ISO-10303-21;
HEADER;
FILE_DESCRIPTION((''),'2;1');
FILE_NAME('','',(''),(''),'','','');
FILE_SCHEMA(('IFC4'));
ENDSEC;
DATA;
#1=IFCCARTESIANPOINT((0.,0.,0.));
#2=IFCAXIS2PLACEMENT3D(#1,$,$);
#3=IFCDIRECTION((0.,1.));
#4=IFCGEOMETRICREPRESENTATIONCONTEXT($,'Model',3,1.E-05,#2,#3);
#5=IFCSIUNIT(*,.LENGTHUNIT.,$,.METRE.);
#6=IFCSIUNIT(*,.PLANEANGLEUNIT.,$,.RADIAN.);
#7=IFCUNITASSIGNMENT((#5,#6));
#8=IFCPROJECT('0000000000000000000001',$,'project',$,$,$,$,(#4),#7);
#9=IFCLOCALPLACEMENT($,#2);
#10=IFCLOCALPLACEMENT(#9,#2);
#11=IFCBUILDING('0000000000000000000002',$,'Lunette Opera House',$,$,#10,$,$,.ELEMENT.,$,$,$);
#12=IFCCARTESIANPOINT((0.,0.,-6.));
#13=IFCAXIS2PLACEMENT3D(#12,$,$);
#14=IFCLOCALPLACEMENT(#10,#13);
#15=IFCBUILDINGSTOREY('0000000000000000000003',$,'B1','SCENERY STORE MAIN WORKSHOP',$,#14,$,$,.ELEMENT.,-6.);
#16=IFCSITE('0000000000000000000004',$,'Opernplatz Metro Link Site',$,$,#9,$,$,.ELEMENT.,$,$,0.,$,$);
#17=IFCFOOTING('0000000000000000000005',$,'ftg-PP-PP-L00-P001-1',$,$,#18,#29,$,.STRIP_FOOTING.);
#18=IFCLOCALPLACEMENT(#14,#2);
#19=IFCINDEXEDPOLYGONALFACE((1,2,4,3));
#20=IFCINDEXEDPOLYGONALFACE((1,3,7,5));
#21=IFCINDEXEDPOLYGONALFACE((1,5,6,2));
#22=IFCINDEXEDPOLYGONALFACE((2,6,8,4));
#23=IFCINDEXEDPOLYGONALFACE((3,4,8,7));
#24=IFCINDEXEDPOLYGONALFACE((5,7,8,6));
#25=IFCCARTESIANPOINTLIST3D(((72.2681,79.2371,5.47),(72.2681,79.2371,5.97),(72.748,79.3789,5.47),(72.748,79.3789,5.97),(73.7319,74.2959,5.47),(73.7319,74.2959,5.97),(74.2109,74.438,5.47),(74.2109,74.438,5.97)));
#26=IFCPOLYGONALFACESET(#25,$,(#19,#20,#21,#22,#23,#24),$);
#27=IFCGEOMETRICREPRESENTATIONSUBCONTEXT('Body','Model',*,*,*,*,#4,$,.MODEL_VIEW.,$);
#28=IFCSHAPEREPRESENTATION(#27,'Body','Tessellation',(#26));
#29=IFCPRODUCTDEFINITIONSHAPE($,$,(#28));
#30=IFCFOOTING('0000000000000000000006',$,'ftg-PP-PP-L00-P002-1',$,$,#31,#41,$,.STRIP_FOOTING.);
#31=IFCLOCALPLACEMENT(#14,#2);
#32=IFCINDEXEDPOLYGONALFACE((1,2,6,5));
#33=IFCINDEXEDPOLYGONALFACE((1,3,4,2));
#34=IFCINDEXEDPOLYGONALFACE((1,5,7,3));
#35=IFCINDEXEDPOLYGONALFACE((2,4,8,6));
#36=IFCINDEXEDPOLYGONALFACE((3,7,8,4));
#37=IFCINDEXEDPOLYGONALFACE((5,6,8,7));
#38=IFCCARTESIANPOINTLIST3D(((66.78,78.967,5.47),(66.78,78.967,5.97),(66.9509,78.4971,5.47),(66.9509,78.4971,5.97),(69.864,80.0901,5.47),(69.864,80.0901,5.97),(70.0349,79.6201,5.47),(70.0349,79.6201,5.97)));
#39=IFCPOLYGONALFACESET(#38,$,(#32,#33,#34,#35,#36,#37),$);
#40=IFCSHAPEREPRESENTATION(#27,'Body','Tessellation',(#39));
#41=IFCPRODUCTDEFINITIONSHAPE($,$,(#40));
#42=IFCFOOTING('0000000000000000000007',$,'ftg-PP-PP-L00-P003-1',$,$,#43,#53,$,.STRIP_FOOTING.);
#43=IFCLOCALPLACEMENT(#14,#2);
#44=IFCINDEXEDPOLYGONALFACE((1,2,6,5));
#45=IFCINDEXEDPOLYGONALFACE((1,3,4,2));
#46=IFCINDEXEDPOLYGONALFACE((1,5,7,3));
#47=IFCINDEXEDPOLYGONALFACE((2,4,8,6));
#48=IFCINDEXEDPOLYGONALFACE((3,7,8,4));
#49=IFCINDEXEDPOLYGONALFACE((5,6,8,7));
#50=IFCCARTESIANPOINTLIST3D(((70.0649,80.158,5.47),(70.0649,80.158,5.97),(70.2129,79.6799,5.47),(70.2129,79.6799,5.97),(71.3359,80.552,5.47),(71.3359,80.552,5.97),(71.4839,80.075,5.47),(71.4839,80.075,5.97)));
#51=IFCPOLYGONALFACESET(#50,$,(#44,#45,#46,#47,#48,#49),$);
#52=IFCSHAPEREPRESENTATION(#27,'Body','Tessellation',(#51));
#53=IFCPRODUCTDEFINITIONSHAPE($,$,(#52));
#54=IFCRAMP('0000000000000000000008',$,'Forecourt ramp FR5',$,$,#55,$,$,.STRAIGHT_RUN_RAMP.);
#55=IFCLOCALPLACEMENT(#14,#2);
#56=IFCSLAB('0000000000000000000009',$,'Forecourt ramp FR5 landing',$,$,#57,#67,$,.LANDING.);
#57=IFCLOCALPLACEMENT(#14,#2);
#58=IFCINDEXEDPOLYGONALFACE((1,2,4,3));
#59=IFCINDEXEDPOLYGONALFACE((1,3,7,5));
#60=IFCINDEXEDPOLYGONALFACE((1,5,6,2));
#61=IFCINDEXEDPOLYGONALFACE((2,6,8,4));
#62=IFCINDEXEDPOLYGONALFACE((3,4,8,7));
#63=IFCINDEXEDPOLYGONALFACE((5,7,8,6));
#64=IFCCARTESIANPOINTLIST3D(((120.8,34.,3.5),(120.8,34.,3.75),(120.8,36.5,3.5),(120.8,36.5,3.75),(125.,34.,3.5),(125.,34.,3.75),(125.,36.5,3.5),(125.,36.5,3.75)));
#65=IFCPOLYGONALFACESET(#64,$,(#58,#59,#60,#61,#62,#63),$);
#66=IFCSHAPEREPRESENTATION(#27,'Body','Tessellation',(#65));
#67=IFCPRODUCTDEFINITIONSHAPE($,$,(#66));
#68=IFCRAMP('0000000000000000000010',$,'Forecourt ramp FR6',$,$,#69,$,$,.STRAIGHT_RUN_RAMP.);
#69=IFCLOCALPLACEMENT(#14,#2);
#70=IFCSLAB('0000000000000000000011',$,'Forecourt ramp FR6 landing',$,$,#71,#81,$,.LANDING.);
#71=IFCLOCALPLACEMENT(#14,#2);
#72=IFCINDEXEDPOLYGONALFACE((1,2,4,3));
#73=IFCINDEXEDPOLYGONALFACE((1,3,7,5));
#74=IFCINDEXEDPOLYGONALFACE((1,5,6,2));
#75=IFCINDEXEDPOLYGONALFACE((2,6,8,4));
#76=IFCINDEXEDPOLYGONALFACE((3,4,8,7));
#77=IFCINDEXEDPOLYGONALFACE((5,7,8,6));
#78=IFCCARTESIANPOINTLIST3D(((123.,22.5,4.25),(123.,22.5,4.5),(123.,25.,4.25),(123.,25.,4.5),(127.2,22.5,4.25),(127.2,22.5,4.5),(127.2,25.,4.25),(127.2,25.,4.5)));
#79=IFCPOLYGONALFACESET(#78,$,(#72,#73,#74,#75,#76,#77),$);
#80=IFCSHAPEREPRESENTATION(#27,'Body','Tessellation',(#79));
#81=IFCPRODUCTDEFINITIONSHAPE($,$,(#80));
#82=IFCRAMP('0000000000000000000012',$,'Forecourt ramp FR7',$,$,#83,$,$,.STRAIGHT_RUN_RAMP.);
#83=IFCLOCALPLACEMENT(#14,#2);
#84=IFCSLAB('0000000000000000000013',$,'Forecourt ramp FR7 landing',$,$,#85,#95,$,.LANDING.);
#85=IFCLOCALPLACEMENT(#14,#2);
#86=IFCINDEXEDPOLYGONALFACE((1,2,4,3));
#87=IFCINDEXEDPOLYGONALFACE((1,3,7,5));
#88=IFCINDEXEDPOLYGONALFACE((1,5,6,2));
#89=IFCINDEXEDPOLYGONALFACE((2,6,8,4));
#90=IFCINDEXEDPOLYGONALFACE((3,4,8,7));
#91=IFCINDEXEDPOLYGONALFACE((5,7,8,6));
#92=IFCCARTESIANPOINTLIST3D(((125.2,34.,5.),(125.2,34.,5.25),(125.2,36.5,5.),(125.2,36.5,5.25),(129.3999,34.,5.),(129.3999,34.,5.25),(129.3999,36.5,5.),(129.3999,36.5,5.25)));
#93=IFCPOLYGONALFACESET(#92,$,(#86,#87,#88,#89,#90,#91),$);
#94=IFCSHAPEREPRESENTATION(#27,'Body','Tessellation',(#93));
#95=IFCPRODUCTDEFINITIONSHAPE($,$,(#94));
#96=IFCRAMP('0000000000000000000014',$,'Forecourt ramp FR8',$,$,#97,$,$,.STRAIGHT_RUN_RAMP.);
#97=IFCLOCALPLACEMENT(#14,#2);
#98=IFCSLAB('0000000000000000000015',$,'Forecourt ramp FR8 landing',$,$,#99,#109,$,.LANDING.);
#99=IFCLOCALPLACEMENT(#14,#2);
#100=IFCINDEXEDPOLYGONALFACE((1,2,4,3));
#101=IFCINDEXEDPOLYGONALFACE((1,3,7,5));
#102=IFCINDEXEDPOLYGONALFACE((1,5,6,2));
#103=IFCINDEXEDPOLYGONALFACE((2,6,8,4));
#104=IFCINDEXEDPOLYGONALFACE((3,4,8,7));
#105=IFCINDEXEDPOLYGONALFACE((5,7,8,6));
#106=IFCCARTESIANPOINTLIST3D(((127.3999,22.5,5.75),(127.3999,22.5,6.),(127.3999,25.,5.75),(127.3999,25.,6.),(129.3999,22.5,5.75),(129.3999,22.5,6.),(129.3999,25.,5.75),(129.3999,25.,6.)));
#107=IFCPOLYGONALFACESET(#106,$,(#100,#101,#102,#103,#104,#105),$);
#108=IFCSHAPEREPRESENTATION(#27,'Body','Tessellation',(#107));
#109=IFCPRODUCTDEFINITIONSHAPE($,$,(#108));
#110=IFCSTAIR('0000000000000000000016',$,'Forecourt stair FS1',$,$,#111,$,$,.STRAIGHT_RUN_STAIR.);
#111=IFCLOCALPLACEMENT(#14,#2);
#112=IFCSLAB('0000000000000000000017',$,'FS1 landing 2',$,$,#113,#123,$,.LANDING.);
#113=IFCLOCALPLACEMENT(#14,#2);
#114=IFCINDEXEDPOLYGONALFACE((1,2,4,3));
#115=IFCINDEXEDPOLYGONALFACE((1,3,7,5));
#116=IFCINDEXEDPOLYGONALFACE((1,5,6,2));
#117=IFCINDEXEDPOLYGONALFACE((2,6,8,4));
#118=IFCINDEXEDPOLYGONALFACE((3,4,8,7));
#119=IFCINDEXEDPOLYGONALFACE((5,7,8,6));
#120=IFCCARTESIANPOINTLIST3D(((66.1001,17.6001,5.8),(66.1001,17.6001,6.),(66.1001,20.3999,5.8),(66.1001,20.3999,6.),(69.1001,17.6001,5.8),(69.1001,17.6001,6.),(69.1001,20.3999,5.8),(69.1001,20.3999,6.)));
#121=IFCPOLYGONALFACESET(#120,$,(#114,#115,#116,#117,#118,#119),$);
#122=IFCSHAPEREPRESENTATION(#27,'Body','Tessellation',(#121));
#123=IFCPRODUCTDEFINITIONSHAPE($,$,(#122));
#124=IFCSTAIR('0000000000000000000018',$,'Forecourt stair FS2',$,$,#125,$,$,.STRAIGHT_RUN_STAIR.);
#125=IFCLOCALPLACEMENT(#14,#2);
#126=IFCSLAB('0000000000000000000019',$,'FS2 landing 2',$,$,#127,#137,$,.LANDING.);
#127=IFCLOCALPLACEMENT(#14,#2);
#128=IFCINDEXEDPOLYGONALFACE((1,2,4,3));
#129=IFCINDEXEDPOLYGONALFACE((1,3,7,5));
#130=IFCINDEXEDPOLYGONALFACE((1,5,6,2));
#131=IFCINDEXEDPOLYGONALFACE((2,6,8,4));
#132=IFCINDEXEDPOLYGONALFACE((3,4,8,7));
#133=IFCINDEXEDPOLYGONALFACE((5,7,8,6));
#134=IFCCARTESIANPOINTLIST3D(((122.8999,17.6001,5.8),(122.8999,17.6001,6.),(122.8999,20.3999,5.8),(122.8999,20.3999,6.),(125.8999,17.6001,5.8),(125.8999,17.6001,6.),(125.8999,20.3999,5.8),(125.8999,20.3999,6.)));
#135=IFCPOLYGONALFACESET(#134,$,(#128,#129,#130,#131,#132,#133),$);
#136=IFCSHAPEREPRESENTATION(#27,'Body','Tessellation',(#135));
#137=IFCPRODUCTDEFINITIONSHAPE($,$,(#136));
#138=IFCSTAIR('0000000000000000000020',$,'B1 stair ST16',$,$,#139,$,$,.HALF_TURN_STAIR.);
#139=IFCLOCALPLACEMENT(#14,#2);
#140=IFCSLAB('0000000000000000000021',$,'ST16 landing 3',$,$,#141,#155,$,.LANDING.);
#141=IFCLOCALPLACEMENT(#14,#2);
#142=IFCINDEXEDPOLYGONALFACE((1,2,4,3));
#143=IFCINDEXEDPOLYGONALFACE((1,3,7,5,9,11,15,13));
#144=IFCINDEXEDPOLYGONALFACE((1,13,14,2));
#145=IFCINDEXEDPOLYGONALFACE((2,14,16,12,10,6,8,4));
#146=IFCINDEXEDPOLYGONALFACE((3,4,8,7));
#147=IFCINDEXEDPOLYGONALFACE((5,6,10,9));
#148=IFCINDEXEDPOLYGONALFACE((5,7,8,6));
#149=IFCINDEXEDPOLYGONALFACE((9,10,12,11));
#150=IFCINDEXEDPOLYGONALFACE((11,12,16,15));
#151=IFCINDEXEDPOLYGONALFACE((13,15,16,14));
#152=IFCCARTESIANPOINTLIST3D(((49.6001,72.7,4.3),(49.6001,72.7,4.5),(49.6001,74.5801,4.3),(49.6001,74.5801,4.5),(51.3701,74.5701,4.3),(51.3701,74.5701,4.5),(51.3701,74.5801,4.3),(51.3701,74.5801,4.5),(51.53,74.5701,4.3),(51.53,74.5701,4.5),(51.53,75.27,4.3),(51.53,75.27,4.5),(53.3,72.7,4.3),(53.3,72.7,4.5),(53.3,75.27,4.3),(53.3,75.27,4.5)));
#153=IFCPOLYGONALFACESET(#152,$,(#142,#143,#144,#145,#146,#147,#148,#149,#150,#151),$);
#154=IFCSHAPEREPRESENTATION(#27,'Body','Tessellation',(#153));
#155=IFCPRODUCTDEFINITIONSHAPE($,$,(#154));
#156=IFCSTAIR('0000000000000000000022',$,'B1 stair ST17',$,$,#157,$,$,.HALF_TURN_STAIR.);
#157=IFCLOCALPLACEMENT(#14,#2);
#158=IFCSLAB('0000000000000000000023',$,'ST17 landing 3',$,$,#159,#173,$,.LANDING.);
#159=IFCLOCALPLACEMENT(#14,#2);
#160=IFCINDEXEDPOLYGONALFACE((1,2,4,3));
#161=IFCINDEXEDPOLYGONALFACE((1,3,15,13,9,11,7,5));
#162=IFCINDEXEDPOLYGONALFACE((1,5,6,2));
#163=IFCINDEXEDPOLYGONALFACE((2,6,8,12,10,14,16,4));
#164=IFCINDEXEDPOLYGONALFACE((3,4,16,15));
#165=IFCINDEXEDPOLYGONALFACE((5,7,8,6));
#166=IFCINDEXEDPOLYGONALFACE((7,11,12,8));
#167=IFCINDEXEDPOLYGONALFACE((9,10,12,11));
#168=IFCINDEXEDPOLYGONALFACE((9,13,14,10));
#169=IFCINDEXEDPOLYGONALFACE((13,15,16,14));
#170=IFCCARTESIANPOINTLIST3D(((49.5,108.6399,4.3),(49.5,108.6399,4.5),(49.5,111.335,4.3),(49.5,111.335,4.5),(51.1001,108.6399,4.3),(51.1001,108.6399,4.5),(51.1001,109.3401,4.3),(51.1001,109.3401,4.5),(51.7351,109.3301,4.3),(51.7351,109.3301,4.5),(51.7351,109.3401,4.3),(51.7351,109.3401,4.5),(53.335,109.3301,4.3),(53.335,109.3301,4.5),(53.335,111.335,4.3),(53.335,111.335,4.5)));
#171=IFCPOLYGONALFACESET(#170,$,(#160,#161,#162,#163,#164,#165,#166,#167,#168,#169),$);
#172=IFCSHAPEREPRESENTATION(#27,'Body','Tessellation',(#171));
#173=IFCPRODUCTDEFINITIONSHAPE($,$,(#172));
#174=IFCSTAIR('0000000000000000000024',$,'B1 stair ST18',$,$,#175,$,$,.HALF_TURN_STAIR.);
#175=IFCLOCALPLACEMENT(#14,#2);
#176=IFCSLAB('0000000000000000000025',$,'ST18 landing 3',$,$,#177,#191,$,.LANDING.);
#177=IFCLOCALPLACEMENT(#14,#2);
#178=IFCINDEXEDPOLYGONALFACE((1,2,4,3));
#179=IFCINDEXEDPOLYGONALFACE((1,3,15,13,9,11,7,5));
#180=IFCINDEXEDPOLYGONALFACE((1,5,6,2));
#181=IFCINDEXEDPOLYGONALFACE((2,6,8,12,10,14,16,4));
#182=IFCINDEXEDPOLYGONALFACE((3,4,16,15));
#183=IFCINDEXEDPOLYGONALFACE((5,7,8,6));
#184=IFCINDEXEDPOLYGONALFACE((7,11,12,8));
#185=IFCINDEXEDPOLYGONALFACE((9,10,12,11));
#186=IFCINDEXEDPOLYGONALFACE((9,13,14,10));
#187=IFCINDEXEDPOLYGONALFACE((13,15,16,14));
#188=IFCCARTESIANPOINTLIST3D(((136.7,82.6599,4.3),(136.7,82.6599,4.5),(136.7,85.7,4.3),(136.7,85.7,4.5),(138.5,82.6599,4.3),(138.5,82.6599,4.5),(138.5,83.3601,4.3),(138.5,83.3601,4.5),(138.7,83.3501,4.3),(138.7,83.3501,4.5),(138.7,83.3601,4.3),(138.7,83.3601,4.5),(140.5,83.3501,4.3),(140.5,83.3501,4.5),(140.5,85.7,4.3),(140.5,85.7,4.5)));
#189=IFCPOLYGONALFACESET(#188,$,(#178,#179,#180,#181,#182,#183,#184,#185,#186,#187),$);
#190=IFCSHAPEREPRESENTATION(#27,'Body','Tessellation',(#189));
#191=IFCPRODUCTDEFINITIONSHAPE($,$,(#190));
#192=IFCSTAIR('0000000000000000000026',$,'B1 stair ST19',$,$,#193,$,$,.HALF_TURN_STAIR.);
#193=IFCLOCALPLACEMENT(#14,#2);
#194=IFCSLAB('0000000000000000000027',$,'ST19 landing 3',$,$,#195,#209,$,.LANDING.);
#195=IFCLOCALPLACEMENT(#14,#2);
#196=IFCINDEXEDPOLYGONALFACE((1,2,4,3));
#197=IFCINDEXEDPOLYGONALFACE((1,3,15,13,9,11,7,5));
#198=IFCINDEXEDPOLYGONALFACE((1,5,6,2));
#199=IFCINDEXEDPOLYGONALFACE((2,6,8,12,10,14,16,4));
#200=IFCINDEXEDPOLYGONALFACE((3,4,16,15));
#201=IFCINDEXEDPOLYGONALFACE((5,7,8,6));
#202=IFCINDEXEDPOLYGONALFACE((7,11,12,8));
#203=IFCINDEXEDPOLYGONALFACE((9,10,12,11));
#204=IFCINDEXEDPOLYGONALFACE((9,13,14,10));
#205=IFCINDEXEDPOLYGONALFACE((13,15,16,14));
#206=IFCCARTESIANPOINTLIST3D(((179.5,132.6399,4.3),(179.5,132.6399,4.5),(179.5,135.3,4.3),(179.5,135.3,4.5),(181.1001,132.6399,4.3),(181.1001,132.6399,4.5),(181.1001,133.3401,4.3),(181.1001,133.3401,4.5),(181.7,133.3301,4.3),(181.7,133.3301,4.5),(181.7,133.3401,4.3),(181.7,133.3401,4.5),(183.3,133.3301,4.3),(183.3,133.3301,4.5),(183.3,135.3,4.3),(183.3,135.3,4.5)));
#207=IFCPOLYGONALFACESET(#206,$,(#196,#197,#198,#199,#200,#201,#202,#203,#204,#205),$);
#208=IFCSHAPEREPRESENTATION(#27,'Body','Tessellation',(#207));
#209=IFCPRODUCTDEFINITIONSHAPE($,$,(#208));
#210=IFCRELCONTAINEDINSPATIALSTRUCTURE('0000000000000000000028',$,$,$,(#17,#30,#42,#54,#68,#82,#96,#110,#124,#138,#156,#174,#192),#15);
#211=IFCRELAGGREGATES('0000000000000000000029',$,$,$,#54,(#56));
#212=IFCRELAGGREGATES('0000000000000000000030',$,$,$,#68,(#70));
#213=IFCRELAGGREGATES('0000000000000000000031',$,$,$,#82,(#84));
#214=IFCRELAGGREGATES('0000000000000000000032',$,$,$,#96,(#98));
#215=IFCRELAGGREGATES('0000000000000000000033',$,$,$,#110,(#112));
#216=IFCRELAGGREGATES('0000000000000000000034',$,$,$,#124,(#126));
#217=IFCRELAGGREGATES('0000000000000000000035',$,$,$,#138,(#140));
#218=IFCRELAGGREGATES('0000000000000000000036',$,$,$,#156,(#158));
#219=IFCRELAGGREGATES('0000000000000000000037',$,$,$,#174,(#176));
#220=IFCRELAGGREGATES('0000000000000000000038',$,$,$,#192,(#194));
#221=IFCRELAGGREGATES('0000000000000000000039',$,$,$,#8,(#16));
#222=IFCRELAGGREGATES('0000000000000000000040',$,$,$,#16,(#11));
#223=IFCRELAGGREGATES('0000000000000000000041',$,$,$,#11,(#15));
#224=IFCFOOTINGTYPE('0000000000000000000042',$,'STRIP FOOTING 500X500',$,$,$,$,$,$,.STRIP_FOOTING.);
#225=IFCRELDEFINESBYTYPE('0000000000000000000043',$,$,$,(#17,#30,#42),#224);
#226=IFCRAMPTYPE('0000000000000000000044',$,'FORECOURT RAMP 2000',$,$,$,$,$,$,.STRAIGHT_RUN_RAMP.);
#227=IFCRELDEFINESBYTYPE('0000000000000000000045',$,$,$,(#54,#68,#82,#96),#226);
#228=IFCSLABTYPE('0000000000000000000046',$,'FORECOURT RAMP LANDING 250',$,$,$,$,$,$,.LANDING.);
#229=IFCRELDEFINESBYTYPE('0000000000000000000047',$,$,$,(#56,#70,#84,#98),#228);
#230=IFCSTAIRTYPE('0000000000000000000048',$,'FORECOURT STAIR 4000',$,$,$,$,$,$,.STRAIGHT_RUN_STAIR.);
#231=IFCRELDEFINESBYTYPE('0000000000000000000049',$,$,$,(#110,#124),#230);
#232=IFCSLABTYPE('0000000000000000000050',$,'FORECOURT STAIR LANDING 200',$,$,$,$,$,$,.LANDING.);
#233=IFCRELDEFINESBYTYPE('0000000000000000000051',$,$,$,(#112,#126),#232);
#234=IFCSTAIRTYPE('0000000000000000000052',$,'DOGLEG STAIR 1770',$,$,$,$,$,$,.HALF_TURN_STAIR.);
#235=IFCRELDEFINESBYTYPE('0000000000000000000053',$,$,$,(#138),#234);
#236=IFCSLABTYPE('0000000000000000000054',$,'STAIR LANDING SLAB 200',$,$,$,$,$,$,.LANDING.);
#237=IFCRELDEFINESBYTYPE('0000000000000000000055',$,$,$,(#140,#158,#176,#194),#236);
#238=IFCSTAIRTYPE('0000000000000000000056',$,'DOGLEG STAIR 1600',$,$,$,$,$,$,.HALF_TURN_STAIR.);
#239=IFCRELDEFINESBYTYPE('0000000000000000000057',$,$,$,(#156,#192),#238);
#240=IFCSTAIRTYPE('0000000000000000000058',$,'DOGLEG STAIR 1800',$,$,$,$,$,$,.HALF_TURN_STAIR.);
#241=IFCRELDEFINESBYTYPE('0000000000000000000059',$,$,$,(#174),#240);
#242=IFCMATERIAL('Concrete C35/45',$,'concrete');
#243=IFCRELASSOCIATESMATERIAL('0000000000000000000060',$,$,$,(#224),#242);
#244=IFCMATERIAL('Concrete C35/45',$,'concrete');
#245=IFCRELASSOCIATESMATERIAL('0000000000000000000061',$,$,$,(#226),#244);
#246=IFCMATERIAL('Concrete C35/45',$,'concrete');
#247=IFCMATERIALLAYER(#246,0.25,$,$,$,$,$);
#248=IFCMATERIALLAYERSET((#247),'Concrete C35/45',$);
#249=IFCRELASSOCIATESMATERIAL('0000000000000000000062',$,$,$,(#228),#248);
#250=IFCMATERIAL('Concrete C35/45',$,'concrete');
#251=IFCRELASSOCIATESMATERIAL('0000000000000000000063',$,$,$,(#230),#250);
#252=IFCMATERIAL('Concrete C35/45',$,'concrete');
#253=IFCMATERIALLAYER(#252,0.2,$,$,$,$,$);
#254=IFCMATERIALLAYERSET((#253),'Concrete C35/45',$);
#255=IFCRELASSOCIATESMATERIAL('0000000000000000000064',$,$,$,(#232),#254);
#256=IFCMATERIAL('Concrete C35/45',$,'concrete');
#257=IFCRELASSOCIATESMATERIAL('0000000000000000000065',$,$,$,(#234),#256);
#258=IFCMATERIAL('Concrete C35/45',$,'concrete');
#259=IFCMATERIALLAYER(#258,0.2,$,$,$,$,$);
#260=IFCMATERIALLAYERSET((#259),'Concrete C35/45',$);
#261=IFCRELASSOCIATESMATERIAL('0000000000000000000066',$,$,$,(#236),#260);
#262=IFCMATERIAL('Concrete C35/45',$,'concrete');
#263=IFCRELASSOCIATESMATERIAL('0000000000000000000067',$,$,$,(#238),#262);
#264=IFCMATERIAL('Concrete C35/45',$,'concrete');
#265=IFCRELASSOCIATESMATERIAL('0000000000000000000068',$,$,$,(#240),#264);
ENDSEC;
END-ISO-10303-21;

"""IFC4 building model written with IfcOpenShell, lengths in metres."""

from ifc_helpers import new_model, si_unit, direction, frame, origin, place, context, subcontext, project, spatial, polyline, outline, extrude, material, layer, layer_set, type_object, element, aggregate, save


model = new_model("IFC4")

# Units and contexts
model_context = context("Model", 3, precision=1e-05, world=origin(), true_north=direction((0.0, 1.0)))
body_context = subcontext(model_context, "Body", "Model", "MODEL_VIEW")
ifc_project = project(units=[si_unit("LENGTHUNIT", "METRE"), si_unit("PLANEANGLEUNIT", "RADIAN")], contexts=[model_context])

# Site, building, storey
site_placement = place(None, origin())
site = spatial("IfcSite", under=ifc_project, at=site_placement, Name="Opernplatz Metro Link Site", CompositionType="ELEMENT", RefElevation=0.0)
building_placement = place(site_placement, origin())
building = spatial("IfcBuilding", under=site, at=building_placement, Name="Lunette Opera House", CompositionType="ELEMENT")
storey_placement = place(building_placement, frame((0.0, 0.0, -6.0)))
storey = spatial("IfcBuildingStorey", under=building, at=storey_placement, Name="B1", Description="SCENERY STORE MAIN WORKSHOP", CompositionType="ELEMENT", Elevation=-6.0)

# Footings
ifc_material_1 = material(Name="Concrete C35/45", Category="concrete")
footing_type = type_object("IfcFootingType", Name="STRIP FOOTING 500X500", PredefinedType="STRIP_FOOTING", material=ifc_material_1)
footing_1_placement = place(storey_placement, frame((0.0, 0.0, 5.47)))
element("IfcFooting", 1, at=footing_1_placement, inside=storey, type_object=footing_type, Name="ftg-PP-PP-L00-P001-1", PredefinedType="STRIP_FOOTING", context=body_context, shape_type="SweptSolid", body=[
    extrude(outline(polyline([(73.7319, 74.2959), (72.2681, 79.2371), (72.748, 79.3789), (74.2109, 74.438), (73.7319, 74.2959)])), origin(), (0.0, 0.0, 1.0), 0.5),
])
footing_2_placement = place(storey_placement, frame((0.0, 0.0, 5.47)))
element("IfcFooting", 2, at=footing_2_placement, inside=storey, type_object=footing_type, Name="ftg-PP-PP-L00-P002-1", PredefinedType="STRIP_FOOTING", context=body_context, shape_type="SweptSolid", body=[
    extrude(outline(polyline([(66.78, 78.967), (69.864, 80.0901), (70.0349, 79.6201), (66.9509, 78.4971), (66.78, 78.967)])), origin(), (0.0, 0.0, 1.0), 0.5),
])
footing_3_placement = place(storey_placement, frame((0.0, 0.0, 5.47)))
element("IfcFooting", 3, at=footing_3_placement, inside=storey, type_object=footing_type, Name="ftg-PP-PP-L00-P003-1", PredefinedType="STRIP_FOOTING", context=body_context, shape_type="SweptSolid", body=[
    extrude(outline(polyline([(70.0649, 80.158), (71.3359, 80.552), (71.4839, 80.075), (70.2129, 79.6799), (70.0649, 80.158)])), origin(), (0.0, 0.0, 1.0), 0.5),
])

# Ramps, slabs
ifc_material_2 = material(Name="Concrete C35/45", Category="concrete")
ramp_type = type_object("IfcRampType", Name="FORECOURT RAMP 2000", PredefinedType="STRAIGHT_RUN_RAMP", material=ifc_material_2)
ramp_1_placement = place(storey_placement, origin())
ramp_1 = element("IfcRamp", 4, at=ramp_1_placement, inside=storey, type_object=ramp_type, Name="Forecourt ramp FR5", PredefinedType="STRAIGHT_RUN_RAMP")
ifc_material_3 = material(Name="Concrete C35/45", Category="concrete")
ifc_layer_1 = layer(ifc_material_3, 0.25)
ifc_layer_set_1 = layer_set([ifc_layer_1], Name="Concrete C35/45")
slab_type_1 = type_object("IfcSlabType", Name="FORECOURT RAMP LANDING 250", PredefinedType="LANDING", material=ifc_layer_set_1)
slab_1_placement = place(storey_placement, frame((0.0, 0.0, 3.5)))
slab_1 = element("IfcSlab", 5, at=slab_1_placement, type_object=slab_type_1, Name="Forecourt ramp FR5 landing", PredefinedType="LANDING", context=body_context, shape_type="SweptSolid", body=[
    extrude(outline(polyline([(120.8, 34.0), (125.0, 34.0), (125.0, 36.5), (120.8, 36.5), (120.8, 34.0)])), origin(), (0.0, 0.0, 1.0), 0.25),
])
aggregate(ramp_1, [slab_1])
ramp_2_placement = place(storey_placement, origin())
ramp_2 = element("IfcRamp", 6, at=ramp_2_placement, inside=storey, type_object=ramp_type, Name="Forecourt ramp FR6", PredefinedType="STRAIGHT_RUN_RAMP")
slab_2_placement = place(storey_placement, frame((0.0, 0.0, 4.25)))
slab_2 = element("IfcSlab", 7, at=slab_2_placement, type_object=slab_type_1, Name="Forecourt ramp FR6 landing", PredefinedType="LANDING", context=body_context, shape_type="SweptSolid", body=[
    extrude(outline(polyline([(123.0, 22.5), (127.2, 22.5), (127.2, 25.0), (123.0, 25.0), (123.0, 22.5)])), origin(), (0.0, 0.0, 1.0), 0.25),
])
aggregate(ramp_2, [slab_2])
ramp_3_placement = place(storey_placement, origin())
ramp_3 = element("IfcRamp", 8, at=ramp_3_placement, inside=storey, type_object=ramp_type, Name="Forecourt ramp FR7", PredefinedType="STRAIGHT_RUN_RAMP")
slab_3_placement = place(storey_placement, frame((0.0, 0.0, 5.0)))
slab_3 = element("IfcSlab", 9, at=slab_3_placement, type_object=slab_type_1, Name="Forecourt ramp FR7 landing", PredefinedType="LANDING", context=body_context, shape_type="SweptSolid", body=[
    extrude(outline(polyline([(125.2, 34.0), (129.3999, 34.0), (129.3999, 36.5), (125.2, 36.5), (125.2, 34.0)])), origin(), (0.0, 0.0, 1.0), 0.25),
])
aggregate(ramp_3, [slab_3])
ramp_4_placement = place(storey_placement, origin())
ramp_4 = element("IfcRamp", 10, at=ramp_4_placement, inside=storey, type_object=ramp_type, Name="Forecourt ramp FR8", PredefinedType="STRAIGHT_RUN_RAMP")
slab_4_placement = place(storey_placement, frame((0.0, 0.0, 5.75)))
slab_4 = element("IfcSlab", 11, at=slab_4_placement, type_object=slab_type_1, Name="Forecourt ramp FR8 landing", PredefinedType="LANDING", context=body_context, shape_type="SweptSolid", body=[
    extrude(outline(polyline([(127.3999, 22.5), (129.3999, 22.5), (129.3999, 25.0), (127.3999, 25.0), (127.3999, 22.5)])), origin(), (0.0, 0.0, 1.0), 0.25),
])
aggregate(ramp_4, [slab_4])

# Stairs, slabs
ifc_material_4 = material(Name="Concrete C35/45", Category="concrete")
stair_type_1 = type_object("IfcStairType", Name="FORECOURT STAIR 4000", PredefinedType="STRAIGHT_RUN_STAIR", material=ifc_material_4)
stair_1_placement = place(storey_placement, origin())
stair_1 = element("IfcStair", 12, at=stair_1_placement, inside=storey, type_object=stair_type_1, Name="Forecourt stair FS1", PredefinedType="STRAIGHT_RUN_STAIR")
ifc_material_5 = material(Name="Concrete C35/45", Category="concrete")
ifc_layer_2 = layer(ifc_material_5, 0.2)
ifc_layer_set_2 = layer_set([ifc_layer_2], Name="Concrete C35/45")
slab_type_2 = type_object("IfcSlabType", Name="FORECOURT STAIR LANDING 200", PredefinedType="LANDING", material=ifc_layer_set_2)
slab_5_placement = place(storey_placement, frame((0.0, 0.0, 5.8)))
slab_5 = element("IfcSlab", 13, at=slab_5_placement, type_object=slab_type_2, Name="FS1 landing 2", PredefinedType="LANDING", context=body_context, shape_type="SweptSolid", body=[
    extrude(outline(polyline([(69.1001, 20.3999), (66.1001, 20.3999), (66.1001, 17.6001), (69.1001, 17.6001), (69.1001, 20.3999)])), origin(), (0.0, 0.0, 1.0), 0.2),
])
aggregate(stair_1, [slab_5])
stair_2_placement = place(storey_placement, origin())
stair_2 = element("IfcStair", 14, at=stair_2_placement, inside=storey, type_object=stair_type_1, Name="Forecourt stair FS2", PredefinedType="STRAIGHT_RUN_STAIR")
slab_6_placement = place(storey_placement, frame((0.0, 0.0, 5.8)))
slab_6 = element("IfcSlab", 15, at=slab_6_placement, type_object=slab_type_2, Name="FS2 landing 2", PredefinedType="LANDING", context=body_context, shape_type="SweptSolid", body=[
    extrude(outline(polyline([(122.8999, 17.6001), (125.8999, 17.6001), (125.8999, 20.3999), (122.8999, 20.3999), (122.8999, 17.6001)])), origin(), (0.0, 0.0, 1.0), 0.2),
])
aggregate(stair_2, [slab_6])
ifc_material_6 = material(Name="Concrete C35/45", Category="concrete")
stair_type_2 = type_object("IfcStairType", Name="DOGLEG STAIR 1770", PredefinedType="HALF_TURN_STAIR", material=ifc_material_6)
stair_3_placement = place(storey_placement, origin())
stair_3 = element("IfcStair", 16, at=stair_3_placement, inside=storey, type_object=stair_type_2, Name="B1 stair ST16", PredefinedType="HALF_TURN_STAIR")
ifc_material_7 = material(Name="Concrete C35/45", Category="concrete")
ifc_layer_3 = layer(ifc_material_7, 0.2)
ifc_layer_set_3 = layer_set([ifc_layer_3], Name="Concrete C35/45")
slab_type_3 = type_object("IfcSlabType", Name="STAIR LANDING SLAB 200", PredefinedType="LANDING", material=ifc_layer_set_3)
slab_7_placement = place(storey_placement, frame((0.0, 0.0, 4.3)))
slab_7 = element("IfcSlab", 17, at=slab_7_placement, type_object=slab_type_3, Name="ST16 landing 3", PredefinedType="LANDING", context=body_context, shape_type="SweptSolid", body=[
    extrude(outline(polyline([(49.6001, 72.7), (49.6001, 74.5801), (51.3701, 74.5801), (51.3701, 74.5701), (51.53, 74.5701), (51.53, 75.27), (53.3, 75.27), (53.3, 72.7), (49.6001, 72.7)])), origin(), (0.0, 0.0, 1.0), 0.2),
])
aggregate(stair_3, [slab_7])
ifc_material_8 = material(Name="Concrete C35/45", Category="concrete")
stair_type_3 = type_object("IfcStairType", Name="DOGLEG STAIR 1600", PredefinedType="HALF_TURN_STAIR", material=ifc_material_8)
stair_4_placement = place(storey_placement, origin())
stair_4 = element("IfcStair", 18, at=stair_4_placement, inside=storey, type_object=stair_type_3, Name="B1 stair ST17", PredefinedType="HALF_TURN_STAIR")
slab_8_placement = place(storey_placement, frame((0.0, 0.0, 4.3)))
slab_8 = element("IfcSlab", 19, at=slab_8_placement, type_object=slab_type_3, Name="ST17 landing 3", PredefinedType="LANDING", context=body_context, shape_type="SweptSolid", body=[
    extrude(outline(polyline([(53.335, 109.3301), (51.7351, 109.3301), (51.7351, 109.3401), (51.1001, 109.3401), (51.1001, 108.6399), (49.5, 108.6399), (49.5, 111.335), (53.335, 111.335), (53.335, 109.3301)])), origin(), (0.0, 0.0, 1.0), 0.2),
])
aggregate(stair_4, [slab_8])
ifc_material_9 = material(Name="Concrete C35/45", Category="concrete")
stair_type_4 = type_object("IfcStairType", Name="DOGLEG STAIR 1800", PredefinedType="HALF_TURN_STAIR", material=ifc_material_9)
stair_5_placement = place(storey_placement, origin())
stair_5 = element("IfcStair", 20, at=stair_5_placement, inside=storey, type_object=stair_type_4, Name="B1 stair ST18", PredefinedType="HALF_TURN_STAIR")
slab_9_placement = place(storey_placement, frame((0.0, 0.0, 4.3)))
slab_9 = element("IfcSlab", 21, at=slab_9_placement, type_object=slab_type_3, Name="ST18 landing 3", PredefinedType="LANDING", context=body_context, shape_type="SweptSolid", body=[
    extrude(outline(polyline([(140.5, 83.3501), (138.7, 83.3501), (138.7, 83.3601), (138.5, 83.3601), (138.5, 82.6599), (136.7, 82.6599), (136.7, 85.7), (140.5, 85.7), (140.5, 83.3501)])), origin(), (0.0, 0.0, 1.0), 0.2),
])
aggregate(stair_5, [slab_9])
stair_6_placement = place(storey_placement, origin())
stair_6 = element("IfcStair", 22, at=stair_6_placement, inside=storey, type_object=stair_type_3, Name="B1 stair ST19", PredefinedType="HALF_TURN_STAIR")
slab_10_placement = place(storey_placement, frame((0.0, 0.0, 4.3)))
slab_10 = element("IfcSlab", 23, at=slab_10_placement, type_object=slab_type_3, Name="ST19 landing 3", PredefinedType="LANDING", context=body_context, shape_type="SweptSolid", body=[
    extrude(outline(polyline([(183.3, 133.3301), (181.7, 133.3301), (181.7, 133.3401), (181.1001, 133.3401), (181.1001, 132.6399), (179.5, 132.6399), (179.5, 135.3), (183.3, 135.3), (183.3, 133.3301)])), origin(), (0.0, 0.0, 1.0), 0.2),
])
aggregate(stair_6, [slab_10])

save(model, "model.ifc")
